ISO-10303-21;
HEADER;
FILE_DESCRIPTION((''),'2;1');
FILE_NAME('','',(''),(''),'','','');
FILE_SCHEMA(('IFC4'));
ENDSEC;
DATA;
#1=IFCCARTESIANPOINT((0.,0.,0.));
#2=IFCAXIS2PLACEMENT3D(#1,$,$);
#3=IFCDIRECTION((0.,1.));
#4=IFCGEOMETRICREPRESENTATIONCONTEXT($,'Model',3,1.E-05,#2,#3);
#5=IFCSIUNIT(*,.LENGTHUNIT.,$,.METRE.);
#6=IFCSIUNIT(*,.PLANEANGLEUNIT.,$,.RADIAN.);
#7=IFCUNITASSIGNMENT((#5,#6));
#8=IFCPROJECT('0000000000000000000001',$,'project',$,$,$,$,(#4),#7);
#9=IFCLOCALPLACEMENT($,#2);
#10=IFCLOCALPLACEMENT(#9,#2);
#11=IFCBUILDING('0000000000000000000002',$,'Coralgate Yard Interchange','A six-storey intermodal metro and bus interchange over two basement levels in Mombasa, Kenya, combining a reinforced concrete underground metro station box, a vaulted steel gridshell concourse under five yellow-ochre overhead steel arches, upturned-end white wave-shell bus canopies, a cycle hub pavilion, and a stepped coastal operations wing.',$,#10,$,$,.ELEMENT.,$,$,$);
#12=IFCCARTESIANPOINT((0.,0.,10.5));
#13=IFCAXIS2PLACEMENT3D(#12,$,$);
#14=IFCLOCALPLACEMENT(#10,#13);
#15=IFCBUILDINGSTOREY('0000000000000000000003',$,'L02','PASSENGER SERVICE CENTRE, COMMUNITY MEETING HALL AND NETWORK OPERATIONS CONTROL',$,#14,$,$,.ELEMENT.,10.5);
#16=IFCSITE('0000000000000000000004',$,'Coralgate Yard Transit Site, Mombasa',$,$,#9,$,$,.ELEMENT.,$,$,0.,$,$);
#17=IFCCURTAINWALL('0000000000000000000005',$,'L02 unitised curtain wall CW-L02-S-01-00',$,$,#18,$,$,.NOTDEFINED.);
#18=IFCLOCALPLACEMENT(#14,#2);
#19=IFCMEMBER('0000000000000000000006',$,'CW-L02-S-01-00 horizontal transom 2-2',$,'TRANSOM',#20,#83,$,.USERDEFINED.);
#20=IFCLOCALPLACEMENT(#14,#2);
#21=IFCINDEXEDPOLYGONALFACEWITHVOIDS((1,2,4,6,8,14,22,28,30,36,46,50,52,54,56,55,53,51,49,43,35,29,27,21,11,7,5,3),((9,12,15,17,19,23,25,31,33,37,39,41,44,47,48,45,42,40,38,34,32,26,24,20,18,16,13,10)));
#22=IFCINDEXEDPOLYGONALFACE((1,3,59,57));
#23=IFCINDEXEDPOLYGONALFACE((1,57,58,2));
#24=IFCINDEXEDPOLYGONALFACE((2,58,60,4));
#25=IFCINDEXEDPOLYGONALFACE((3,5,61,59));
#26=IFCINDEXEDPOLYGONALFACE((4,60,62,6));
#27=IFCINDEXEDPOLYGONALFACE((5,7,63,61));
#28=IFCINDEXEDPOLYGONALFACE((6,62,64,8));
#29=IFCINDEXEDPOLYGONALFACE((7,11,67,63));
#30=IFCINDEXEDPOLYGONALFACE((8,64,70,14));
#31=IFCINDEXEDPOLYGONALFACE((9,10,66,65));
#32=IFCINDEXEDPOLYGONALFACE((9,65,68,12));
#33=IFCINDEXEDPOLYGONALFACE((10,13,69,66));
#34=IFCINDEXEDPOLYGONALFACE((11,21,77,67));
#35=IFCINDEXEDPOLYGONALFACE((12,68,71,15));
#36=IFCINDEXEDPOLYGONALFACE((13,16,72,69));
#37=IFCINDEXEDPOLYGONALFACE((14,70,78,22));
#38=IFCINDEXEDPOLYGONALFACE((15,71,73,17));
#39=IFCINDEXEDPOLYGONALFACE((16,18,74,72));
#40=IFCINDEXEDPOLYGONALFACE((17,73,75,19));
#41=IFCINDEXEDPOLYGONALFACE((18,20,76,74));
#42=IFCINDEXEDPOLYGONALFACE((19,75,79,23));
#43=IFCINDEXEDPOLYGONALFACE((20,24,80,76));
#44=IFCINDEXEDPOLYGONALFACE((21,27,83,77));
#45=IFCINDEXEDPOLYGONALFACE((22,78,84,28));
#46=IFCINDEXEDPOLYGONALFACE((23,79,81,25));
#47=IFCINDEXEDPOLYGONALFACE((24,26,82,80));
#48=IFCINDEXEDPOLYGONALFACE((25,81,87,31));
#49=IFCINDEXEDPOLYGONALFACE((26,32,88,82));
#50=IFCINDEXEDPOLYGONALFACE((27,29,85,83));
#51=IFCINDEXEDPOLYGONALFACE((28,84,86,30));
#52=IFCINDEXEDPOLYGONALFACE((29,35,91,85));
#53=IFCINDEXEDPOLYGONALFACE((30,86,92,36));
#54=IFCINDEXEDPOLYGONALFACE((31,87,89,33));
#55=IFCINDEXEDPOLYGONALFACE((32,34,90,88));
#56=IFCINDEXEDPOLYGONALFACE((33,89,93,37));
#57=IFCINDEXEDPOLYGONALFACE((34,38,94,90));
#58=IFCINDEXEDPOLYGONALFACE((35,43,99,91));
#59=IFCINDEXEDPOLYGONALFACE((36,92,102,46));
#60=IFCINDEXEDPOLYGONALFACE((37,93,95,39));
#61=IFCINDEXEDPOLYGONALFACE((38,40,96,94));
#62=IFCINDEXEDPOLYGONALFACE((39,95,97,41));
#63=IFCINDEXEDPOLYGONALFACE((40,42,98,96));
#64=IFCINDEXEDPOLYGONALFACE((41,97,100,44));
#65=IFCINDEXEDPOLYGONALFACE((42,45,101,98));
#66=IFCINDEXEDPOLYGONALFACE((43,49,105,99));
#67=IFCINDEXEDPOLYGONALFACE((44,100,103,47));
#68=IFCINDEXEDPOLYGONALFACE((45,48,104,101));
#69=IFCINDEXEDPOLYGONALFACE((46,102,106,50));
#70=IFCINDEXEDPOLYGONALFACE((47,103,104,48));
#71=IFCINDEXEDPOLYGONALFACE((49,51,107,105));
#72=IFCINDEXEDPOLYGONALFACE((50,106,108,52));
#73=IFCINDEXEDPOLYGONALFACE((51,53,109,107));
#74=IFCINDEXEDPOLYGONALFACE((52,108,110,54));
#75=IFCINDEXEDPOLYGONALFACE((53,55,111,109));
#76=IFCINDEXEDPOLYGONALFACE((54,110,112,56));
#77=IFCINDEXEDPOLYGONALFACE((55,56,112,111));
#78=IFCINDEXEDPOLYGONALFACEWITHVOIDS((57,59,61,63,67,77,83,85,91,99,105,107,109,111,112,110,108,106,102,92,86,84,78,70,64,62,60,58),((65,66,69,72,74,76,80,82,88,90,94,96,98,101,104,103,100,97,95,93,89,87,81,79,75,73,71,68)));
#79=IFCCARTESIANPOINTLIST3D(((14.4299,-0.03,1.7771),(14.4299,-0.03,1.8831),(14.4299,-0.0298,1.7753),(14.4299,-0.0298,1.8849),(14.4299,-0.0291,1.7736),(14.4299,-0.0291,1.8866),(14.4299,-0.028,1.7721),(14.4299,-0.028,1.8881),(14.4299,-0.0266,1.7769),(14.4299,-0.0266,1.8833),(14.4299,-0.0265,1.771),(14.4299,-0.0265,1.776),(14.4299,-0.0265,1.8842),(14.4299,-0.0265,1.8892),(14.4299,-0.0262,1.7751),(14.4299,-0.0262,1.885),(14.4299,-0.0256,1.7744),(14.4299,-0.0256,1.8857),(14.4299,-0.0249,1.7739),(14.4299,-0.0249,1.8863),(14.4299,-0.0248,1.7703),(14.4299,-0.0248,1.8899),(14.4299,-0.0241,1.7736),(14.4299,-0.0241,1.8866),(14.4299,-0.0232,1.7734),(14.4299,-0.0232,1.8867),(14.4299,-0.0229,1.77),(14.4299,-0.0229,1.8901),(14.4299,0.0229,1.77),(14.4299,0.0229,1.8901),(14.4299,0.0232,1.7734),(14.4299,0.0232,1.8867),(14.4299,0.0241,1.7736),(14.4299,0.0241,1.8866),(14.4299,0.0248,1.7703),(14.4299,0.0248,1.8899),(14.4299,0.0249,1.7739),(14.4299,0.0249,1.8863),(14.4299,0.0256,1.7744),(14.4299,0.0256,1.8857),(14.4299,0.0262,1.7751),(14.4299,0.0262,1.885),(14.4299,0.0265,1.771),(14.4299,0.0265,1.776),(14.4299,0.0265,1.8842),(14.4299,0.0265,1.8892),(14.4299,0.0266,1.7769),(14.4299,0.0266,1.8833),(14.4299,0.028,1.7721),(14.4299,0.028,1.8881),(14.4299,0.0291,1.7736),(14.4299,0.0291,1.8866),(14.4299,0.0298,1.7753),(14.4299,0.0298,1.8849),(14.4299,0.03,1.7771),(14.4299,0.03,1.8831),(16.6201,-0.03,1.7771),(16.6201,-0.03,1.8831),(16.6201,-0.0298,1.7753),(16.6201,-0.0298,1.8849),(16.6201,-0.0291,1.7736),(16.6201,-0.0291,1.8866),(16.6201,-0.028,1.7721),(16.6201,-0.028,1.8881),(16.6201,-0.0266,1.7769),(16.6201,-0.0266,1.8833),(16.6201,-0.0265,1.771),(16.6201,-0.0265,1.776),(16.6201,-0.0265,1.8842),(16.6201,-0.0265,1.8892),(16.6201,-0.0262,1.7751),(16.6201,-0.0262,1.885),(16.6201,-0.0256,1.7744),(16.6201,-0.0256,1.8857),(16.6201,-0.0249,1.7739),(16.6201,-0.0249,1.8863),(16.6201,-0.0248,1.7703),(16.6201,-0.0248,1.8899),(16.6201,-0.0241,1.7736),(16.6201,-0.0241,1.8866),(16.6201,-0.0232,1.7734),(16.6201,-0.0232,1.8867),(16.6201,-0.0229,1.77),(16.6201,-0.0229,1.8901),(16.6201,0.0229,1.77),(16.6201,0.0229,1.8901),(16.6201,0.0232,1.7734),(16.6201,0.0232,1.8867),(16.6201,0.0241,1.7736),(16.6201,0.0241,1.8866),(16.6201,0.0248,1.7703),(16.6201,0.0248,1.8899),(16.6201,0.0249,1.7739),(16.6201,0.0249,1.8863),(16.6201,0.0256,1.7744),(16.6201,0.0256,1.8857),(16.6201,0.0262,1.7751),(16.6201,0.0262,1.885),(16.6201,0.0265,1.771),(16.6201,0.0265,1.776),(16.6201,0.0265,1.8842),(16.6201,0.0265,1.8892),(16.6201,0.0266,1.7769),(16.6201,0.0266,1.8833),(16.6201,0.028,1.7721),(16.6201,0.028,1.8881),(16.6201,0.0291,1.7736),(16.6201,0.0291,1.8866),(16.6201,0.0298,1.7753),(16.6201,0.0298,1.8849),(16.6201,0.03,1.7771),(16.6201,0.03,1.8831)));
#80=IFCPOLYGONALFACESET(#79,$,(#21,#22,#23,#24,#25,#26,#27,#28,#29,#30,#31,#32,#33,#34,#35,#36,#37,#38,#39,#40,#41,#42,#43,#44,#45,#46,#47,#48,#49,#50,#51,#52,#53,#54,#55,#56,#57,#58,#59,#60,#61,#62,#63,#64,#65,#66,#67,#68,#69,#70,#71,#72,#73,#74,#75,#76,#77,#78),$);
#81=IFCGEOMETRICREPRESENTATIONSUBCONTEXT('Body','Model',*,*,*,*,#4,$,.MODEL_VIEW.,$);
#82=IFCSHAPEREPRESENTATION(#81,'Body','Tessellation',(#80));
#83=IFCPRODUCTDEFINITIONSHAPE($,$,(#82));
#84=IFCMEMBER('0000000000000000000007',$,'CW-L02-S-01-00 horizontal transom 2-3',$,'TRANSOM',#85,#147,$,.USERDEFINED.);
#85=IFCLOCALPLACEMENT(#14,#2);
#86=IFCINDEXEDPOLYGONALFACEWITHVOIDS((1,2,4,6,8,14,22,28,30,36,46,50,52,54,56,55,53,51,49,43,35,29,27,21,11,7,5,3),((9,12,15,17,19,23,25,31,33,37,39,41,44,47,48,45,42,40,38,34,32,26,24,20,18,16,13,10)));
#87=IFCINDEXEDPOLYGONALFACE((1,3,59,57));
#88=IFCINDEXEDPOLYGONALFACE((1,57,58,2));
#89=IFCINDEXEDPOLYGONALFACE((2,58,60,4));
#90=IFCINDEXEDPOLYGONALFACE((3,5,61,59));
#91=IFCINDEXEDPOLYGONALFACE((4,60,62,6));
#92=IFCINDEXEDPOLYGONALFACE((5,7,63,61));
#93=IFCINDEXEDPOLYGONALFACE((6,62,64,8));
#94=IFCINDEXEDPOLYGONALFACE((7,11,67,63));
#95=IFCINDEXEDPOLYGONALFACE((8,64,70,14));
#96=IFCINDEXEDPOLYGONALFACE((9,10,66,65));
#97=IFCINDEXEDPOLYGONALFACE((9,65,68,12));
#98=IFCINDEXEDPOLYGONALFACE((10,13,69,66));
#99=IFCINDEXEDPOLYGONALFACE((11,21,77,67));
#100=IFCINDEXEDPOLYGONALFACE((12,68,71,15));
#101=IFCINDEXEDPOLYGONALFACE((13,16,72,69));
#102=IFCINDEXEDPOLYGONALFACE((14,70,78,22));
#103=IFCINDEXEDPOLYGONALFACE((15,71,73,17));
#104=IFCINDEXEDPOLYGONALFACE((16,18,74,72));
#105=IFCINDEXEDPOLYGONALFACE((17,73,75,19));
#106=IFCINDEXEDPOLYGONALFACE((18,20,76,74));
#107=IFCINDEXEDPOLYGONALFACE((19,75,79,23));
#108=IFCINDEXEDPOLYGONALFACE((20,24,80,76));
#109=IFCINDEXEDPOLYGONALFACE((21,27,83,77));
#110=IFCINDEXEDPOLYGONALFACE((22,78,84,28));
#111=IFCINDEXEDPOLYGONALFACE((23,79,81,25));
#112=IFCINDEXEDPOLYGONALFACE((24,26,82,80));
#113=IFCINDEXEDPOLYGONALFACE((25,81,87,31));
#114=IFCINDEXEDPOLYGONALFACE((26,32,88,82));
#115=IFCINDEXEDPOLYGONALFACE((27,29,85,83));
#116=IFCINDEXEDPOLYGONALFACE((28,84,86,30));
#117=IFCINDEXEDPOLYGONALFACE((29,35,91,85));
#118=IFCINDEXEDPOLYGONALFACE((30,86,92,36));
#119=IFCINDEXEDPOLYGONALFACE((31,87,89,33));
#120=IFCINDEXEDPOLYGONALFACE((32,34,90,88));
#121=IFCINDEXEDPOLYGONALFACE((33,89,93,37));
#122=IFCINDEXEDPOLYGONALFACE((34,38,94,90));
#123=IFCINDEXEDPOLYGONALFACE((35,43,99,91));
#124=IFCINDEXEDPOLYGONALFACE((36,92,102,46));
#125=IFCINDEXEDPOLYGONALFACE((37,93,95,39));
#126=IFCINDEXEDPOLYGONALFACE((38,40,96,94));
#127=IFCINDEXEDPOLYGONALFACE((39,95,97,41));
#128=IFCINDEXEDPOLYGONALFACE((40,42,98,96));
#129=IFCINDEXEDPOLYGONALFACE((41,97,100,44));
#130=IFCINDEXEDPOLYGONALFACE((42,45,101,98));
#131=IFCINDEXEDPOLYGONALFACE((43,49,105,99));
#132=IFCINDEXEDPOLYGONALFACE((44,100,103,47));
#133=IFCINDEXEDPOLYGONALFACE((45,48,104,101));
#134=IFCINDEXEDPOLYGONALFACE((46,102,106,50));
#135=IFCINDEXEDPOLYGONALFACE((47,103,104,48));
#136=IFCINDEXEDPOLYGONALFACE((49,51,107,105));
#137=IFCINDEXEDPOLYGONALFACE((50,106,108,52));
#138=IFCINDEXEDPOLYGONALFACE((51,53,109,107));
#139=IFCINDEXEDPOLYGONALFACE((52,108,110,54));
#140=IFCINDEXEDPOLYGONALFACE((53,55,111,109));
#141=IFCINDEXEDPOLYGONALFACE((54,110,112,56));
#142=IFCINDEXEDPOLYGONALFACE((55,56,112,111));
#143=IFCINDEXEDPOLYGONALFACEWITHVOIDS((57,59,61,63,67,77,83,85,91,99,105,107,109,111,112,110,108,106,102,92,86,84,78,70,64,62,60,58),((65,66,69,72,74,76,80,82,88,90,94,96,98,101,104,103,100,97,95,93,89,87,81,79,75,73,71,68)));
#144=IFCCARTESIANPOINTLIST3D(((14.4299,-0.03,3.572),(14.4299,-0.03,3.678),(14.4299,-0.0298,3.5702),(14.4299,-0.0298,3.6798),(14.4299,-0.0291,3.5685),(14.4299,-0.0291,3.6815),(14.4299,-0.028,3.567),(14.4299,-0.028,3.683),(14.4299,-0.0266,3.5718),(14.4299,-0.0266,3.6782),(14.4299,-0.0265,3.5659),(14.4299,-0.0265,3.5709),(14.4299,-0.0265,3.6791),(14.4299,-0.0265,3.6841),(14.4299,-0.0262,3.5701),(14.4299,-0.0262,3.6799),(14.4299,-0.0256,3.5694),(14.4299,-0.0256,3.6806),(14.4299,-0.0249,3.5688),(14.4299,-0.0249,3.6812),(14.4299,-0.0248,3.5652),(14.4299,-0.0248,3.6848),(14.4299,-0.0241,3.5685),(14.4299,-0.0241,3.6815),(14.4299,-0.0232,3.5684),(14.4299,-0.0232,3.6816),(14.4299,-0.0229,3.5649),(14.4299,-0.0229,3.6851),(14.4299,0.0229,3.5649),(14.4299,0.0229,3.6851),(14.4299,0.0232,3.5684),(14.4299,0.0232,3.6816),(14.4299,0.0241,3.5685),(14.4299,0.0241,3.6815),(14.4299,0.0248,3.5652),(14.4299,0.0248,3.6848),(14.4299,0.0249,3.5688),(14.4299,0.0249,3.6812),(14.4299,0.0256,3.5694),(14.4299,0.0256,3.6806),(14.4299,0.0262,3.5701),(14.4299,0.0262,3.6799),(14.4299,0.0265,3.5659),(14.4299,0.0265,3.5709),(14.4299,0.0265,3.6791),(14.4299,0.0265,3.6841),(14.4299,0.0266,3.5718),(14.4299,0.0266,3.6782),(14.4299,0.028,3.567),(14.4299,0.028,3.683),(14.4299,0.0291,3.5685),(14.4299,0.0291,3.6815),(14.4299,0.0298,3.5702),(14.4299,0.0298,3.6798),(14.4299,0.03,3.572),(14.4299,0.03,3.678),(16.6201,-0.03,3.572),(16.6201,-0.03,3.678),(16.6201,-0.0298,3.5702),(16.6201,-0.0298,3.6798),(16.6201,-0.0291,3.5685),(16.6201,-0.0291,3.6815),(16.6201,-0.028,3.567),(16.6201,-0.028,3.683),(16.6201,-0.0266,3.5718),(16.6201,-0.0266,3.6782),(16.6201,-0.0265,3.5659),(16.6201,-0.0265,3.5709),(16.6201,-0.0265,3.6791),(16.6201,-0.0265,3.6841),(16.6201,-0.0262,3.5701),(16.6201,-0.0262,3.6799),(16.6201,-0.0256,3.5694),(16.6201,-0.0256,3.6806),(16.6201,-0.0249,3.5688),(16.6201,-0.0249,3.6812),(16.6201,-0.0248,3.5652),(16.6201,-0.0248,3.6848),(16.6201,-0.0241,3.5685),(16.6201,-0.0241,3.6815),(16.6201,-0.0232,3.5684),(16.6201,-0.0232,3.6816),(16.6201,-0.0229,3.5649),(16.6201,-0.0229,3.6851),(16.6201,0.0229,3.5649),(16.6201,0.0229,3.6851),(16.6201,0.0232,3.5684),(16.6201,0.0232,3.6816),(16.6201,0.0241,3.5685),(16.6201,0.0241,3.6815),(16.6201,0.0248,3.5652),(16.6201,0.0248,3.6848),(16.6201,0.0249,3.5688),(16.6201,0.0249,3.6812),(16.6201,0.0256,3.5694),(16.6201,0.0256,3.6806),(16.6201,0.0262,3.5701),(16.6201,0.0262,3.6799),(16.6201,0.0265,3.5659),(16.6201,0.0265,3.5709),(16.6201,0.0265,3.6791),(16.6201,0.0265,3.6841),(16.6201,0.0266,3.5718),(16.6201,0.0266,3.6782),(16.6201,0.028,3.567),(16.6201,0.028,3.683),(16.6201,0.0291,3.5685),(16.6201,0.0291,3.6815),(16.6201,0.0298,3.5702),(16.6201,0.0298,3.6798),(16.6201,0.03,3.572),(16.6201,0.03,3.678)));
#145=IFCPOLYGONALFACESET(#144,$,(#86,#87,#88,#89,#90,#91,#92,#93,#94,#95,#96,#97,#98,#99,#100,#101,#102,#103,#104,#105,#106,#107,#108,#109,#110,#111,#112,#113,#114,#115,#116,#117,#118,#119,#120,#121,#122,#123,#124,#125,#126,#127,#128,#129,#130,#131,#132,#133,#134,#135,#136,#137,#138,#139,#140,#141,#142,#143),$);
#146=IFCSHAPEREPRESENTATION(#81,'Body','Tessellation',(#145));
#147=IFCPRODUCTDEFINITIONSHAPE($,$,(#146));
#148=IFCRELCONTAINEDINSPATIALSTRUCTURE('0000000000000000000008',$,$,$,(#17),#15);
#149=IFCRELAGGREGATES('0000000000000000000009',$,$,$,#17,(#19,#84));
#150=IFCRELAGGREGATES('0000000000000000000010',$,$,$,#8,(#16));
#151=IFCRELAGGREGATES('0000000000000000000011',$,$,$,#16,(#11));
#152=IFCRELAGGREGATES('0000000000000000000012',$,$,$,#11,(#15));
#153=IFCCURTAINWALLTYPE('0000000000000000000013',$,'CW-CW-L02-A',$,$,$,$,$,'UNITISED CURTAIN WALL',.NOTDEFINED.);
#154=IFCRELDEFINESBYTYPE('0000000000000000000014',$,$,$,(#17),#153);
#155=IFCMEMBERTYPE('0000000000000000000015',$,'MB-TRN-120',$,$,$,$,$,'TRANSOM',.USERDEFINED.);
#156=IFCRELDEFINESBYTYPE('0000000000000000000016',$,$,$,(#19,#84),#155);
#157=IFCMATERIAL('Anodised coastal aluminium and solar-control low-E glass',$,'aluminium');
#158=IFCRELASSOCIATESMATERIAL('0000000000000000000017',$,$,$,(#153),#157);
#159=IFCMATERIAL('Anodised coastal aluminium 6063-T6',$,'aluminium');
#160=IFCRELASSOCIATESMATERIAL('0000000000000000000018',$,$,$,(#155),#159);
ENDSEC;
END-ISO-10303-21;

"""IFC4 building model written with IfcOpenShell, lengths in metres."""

from ifc_helpers import new_model, si_unit, direction, frame, origin, origin_2d, place, context, subcontext, project, spatial, hollow_rectangle, extrude, material, material_profile, profile_set, type_object, element, aggregate, save


model = new_model("IFC4")

# Units and contexts
model_context = context("Model", 3, precision=1e-05, world=origin(), true_north=direction((0.0, 1.0)))
body_context = subcontext(model_context, "Body", "Model", "MODEL_VIEW")
ifc_project = project(units=[si_unit("LENGTHUNIT", "METRE"), si_unit("PLANEANGLEUNIT", "RADIAN")], contexts=[model_context])

# Site, building, storey
site_placement = place(None, origin())
site = spatial("IfcSite", under=ifc_project, at=site_placement, Name="Coralgate Yard Transit Site, Mombasa", CompositionType="ELEMENT", RefElevation=0.0)
building_placement = place(site_placement, origin())
building = spatial("IfcBuilding", under=site, at=building_placement, Name="Coralgate Yard Interchange", Description="A six-storey intermodal metro and bus interchange over two basement levels in Mombasa, Kenya, combining a reinforced concrete underground metro station box, a vaulted steel gridshell concourse under five yellow-ochre overhead steel arches, upturned-end white wave-shell bus canopies, a cycle hub pavilion, and a stepped coastal operations wing.", CompositionType="ELEMENT")
storey_placement = place(building_placement, frame((0.0, 0.0, 10.5)))
storey = spatial("IfcBuildingStorey", under=building, at=storey_placement, Name="L02", Description="PASSENGER SERVICE CENTRE, COMMUNITY MEETING HALL AND NETWORK OPERATIONS CONTROL", CompositionType="ELEMENT", Elevation=10.5)

# Curtain wall, members
ifc_material_1 = material(Name="Anodised coastal aluminium and solar-control low-E glass", Category="aluminium")
curtain_wall_type = type_object("IfcCurtainWallType", Name="CW-CW-L02-A", ElementType="UNITISED CURTAIN WALL", PredefinedType="NOTDEFINED", material=ifc_material_1)
curtain_wall_placement = place(storey_placement, origin())
curtain_wall = element("IfcCurtainWall", 1, at=curtain_wall_placement, inside=storey, type_object=curtain_wall_type, Name="L02 unitised curtain wall CW-L02-S-01-00", PredefinedType="NOTDEFINED")
ifc_material_2 = material(Name="Anodised coastal aluminium 6063-T6", Category="aluminium")
ifc_material_profile_1 = material_profile(ifc_material_2, hollow_rectangle(XDim=0.0601, YDim=0.1201, WallThickness=0.0034, InnerFilletRadius=0.0034, OuterFilletRadius=0.0071, at=origin_2d()), Name="ALU 60x120x3.5")
ifc_profile_set_1 = profile_set([ifc_material_profile_1], Name="Anodised coastal aluminium 6063-T6")
member_type_1 = type_object("IfcMemberType", Name="MB-TRN-120", ElementType="TRANSOM", PredefinedType="USERDEFINED", material=ifc_profile_set_1)
member_1_placement = place(storey_placement, frame((16.6201, 0.0, 1.8301), z_axis=(-1.0, 0.0, 0.0), x_axis=(0.0, -1.0, 0.0)))
member_1 = element("IfcMember", 2, at=member_1_placement, type_object=member_type_1, Name="CW-L02-S-01-00 horizontal transom 2-2", ObjectType="TRANSOM", PredefinedType="USERDEFINED", context=body_context, shape_type="SweptSolid", body=[
    extrude(hollow_rectangle(XDim=0.0601, YDim=0.1201, WallThickness=0.0034, InnerFilletRadius=0.0034, OuterFilletRadius=0.0071, at=origin_2d()), origin(), (0.0, 0.0, 1.0), 2.1902),
])
member_2_placement = place(storey_placement, frame((16.6201, 0.0, 3.625), z_axis=(-1.0, 0.0, 0.0), x_axis=(0.0, -1.0, 0.0)))
member_2 = element("IfcMember", 3, at=member_2_placement, type_object=member_type_1, Name="CW-L02-S-01-00 horizontal transom 2-3", ObjectType="TRANSOM", PredefinedType="USERDEFINED", context=body_context, shape_type="SweptSolid", body=[
    extrude(hollow_rectangle(XDim=0.0601, YDim=0.1201, WallThickness=0.0034, InnerFilletRadius=0.0034, OuterFilletRadius=0.0071, at=origin_2d()), origin(), (0.0, 0.0, 1.0), 2.1902),
])
aggregate(curtain_wall, [member_1, member_2])

save(model, "model.ifc")
